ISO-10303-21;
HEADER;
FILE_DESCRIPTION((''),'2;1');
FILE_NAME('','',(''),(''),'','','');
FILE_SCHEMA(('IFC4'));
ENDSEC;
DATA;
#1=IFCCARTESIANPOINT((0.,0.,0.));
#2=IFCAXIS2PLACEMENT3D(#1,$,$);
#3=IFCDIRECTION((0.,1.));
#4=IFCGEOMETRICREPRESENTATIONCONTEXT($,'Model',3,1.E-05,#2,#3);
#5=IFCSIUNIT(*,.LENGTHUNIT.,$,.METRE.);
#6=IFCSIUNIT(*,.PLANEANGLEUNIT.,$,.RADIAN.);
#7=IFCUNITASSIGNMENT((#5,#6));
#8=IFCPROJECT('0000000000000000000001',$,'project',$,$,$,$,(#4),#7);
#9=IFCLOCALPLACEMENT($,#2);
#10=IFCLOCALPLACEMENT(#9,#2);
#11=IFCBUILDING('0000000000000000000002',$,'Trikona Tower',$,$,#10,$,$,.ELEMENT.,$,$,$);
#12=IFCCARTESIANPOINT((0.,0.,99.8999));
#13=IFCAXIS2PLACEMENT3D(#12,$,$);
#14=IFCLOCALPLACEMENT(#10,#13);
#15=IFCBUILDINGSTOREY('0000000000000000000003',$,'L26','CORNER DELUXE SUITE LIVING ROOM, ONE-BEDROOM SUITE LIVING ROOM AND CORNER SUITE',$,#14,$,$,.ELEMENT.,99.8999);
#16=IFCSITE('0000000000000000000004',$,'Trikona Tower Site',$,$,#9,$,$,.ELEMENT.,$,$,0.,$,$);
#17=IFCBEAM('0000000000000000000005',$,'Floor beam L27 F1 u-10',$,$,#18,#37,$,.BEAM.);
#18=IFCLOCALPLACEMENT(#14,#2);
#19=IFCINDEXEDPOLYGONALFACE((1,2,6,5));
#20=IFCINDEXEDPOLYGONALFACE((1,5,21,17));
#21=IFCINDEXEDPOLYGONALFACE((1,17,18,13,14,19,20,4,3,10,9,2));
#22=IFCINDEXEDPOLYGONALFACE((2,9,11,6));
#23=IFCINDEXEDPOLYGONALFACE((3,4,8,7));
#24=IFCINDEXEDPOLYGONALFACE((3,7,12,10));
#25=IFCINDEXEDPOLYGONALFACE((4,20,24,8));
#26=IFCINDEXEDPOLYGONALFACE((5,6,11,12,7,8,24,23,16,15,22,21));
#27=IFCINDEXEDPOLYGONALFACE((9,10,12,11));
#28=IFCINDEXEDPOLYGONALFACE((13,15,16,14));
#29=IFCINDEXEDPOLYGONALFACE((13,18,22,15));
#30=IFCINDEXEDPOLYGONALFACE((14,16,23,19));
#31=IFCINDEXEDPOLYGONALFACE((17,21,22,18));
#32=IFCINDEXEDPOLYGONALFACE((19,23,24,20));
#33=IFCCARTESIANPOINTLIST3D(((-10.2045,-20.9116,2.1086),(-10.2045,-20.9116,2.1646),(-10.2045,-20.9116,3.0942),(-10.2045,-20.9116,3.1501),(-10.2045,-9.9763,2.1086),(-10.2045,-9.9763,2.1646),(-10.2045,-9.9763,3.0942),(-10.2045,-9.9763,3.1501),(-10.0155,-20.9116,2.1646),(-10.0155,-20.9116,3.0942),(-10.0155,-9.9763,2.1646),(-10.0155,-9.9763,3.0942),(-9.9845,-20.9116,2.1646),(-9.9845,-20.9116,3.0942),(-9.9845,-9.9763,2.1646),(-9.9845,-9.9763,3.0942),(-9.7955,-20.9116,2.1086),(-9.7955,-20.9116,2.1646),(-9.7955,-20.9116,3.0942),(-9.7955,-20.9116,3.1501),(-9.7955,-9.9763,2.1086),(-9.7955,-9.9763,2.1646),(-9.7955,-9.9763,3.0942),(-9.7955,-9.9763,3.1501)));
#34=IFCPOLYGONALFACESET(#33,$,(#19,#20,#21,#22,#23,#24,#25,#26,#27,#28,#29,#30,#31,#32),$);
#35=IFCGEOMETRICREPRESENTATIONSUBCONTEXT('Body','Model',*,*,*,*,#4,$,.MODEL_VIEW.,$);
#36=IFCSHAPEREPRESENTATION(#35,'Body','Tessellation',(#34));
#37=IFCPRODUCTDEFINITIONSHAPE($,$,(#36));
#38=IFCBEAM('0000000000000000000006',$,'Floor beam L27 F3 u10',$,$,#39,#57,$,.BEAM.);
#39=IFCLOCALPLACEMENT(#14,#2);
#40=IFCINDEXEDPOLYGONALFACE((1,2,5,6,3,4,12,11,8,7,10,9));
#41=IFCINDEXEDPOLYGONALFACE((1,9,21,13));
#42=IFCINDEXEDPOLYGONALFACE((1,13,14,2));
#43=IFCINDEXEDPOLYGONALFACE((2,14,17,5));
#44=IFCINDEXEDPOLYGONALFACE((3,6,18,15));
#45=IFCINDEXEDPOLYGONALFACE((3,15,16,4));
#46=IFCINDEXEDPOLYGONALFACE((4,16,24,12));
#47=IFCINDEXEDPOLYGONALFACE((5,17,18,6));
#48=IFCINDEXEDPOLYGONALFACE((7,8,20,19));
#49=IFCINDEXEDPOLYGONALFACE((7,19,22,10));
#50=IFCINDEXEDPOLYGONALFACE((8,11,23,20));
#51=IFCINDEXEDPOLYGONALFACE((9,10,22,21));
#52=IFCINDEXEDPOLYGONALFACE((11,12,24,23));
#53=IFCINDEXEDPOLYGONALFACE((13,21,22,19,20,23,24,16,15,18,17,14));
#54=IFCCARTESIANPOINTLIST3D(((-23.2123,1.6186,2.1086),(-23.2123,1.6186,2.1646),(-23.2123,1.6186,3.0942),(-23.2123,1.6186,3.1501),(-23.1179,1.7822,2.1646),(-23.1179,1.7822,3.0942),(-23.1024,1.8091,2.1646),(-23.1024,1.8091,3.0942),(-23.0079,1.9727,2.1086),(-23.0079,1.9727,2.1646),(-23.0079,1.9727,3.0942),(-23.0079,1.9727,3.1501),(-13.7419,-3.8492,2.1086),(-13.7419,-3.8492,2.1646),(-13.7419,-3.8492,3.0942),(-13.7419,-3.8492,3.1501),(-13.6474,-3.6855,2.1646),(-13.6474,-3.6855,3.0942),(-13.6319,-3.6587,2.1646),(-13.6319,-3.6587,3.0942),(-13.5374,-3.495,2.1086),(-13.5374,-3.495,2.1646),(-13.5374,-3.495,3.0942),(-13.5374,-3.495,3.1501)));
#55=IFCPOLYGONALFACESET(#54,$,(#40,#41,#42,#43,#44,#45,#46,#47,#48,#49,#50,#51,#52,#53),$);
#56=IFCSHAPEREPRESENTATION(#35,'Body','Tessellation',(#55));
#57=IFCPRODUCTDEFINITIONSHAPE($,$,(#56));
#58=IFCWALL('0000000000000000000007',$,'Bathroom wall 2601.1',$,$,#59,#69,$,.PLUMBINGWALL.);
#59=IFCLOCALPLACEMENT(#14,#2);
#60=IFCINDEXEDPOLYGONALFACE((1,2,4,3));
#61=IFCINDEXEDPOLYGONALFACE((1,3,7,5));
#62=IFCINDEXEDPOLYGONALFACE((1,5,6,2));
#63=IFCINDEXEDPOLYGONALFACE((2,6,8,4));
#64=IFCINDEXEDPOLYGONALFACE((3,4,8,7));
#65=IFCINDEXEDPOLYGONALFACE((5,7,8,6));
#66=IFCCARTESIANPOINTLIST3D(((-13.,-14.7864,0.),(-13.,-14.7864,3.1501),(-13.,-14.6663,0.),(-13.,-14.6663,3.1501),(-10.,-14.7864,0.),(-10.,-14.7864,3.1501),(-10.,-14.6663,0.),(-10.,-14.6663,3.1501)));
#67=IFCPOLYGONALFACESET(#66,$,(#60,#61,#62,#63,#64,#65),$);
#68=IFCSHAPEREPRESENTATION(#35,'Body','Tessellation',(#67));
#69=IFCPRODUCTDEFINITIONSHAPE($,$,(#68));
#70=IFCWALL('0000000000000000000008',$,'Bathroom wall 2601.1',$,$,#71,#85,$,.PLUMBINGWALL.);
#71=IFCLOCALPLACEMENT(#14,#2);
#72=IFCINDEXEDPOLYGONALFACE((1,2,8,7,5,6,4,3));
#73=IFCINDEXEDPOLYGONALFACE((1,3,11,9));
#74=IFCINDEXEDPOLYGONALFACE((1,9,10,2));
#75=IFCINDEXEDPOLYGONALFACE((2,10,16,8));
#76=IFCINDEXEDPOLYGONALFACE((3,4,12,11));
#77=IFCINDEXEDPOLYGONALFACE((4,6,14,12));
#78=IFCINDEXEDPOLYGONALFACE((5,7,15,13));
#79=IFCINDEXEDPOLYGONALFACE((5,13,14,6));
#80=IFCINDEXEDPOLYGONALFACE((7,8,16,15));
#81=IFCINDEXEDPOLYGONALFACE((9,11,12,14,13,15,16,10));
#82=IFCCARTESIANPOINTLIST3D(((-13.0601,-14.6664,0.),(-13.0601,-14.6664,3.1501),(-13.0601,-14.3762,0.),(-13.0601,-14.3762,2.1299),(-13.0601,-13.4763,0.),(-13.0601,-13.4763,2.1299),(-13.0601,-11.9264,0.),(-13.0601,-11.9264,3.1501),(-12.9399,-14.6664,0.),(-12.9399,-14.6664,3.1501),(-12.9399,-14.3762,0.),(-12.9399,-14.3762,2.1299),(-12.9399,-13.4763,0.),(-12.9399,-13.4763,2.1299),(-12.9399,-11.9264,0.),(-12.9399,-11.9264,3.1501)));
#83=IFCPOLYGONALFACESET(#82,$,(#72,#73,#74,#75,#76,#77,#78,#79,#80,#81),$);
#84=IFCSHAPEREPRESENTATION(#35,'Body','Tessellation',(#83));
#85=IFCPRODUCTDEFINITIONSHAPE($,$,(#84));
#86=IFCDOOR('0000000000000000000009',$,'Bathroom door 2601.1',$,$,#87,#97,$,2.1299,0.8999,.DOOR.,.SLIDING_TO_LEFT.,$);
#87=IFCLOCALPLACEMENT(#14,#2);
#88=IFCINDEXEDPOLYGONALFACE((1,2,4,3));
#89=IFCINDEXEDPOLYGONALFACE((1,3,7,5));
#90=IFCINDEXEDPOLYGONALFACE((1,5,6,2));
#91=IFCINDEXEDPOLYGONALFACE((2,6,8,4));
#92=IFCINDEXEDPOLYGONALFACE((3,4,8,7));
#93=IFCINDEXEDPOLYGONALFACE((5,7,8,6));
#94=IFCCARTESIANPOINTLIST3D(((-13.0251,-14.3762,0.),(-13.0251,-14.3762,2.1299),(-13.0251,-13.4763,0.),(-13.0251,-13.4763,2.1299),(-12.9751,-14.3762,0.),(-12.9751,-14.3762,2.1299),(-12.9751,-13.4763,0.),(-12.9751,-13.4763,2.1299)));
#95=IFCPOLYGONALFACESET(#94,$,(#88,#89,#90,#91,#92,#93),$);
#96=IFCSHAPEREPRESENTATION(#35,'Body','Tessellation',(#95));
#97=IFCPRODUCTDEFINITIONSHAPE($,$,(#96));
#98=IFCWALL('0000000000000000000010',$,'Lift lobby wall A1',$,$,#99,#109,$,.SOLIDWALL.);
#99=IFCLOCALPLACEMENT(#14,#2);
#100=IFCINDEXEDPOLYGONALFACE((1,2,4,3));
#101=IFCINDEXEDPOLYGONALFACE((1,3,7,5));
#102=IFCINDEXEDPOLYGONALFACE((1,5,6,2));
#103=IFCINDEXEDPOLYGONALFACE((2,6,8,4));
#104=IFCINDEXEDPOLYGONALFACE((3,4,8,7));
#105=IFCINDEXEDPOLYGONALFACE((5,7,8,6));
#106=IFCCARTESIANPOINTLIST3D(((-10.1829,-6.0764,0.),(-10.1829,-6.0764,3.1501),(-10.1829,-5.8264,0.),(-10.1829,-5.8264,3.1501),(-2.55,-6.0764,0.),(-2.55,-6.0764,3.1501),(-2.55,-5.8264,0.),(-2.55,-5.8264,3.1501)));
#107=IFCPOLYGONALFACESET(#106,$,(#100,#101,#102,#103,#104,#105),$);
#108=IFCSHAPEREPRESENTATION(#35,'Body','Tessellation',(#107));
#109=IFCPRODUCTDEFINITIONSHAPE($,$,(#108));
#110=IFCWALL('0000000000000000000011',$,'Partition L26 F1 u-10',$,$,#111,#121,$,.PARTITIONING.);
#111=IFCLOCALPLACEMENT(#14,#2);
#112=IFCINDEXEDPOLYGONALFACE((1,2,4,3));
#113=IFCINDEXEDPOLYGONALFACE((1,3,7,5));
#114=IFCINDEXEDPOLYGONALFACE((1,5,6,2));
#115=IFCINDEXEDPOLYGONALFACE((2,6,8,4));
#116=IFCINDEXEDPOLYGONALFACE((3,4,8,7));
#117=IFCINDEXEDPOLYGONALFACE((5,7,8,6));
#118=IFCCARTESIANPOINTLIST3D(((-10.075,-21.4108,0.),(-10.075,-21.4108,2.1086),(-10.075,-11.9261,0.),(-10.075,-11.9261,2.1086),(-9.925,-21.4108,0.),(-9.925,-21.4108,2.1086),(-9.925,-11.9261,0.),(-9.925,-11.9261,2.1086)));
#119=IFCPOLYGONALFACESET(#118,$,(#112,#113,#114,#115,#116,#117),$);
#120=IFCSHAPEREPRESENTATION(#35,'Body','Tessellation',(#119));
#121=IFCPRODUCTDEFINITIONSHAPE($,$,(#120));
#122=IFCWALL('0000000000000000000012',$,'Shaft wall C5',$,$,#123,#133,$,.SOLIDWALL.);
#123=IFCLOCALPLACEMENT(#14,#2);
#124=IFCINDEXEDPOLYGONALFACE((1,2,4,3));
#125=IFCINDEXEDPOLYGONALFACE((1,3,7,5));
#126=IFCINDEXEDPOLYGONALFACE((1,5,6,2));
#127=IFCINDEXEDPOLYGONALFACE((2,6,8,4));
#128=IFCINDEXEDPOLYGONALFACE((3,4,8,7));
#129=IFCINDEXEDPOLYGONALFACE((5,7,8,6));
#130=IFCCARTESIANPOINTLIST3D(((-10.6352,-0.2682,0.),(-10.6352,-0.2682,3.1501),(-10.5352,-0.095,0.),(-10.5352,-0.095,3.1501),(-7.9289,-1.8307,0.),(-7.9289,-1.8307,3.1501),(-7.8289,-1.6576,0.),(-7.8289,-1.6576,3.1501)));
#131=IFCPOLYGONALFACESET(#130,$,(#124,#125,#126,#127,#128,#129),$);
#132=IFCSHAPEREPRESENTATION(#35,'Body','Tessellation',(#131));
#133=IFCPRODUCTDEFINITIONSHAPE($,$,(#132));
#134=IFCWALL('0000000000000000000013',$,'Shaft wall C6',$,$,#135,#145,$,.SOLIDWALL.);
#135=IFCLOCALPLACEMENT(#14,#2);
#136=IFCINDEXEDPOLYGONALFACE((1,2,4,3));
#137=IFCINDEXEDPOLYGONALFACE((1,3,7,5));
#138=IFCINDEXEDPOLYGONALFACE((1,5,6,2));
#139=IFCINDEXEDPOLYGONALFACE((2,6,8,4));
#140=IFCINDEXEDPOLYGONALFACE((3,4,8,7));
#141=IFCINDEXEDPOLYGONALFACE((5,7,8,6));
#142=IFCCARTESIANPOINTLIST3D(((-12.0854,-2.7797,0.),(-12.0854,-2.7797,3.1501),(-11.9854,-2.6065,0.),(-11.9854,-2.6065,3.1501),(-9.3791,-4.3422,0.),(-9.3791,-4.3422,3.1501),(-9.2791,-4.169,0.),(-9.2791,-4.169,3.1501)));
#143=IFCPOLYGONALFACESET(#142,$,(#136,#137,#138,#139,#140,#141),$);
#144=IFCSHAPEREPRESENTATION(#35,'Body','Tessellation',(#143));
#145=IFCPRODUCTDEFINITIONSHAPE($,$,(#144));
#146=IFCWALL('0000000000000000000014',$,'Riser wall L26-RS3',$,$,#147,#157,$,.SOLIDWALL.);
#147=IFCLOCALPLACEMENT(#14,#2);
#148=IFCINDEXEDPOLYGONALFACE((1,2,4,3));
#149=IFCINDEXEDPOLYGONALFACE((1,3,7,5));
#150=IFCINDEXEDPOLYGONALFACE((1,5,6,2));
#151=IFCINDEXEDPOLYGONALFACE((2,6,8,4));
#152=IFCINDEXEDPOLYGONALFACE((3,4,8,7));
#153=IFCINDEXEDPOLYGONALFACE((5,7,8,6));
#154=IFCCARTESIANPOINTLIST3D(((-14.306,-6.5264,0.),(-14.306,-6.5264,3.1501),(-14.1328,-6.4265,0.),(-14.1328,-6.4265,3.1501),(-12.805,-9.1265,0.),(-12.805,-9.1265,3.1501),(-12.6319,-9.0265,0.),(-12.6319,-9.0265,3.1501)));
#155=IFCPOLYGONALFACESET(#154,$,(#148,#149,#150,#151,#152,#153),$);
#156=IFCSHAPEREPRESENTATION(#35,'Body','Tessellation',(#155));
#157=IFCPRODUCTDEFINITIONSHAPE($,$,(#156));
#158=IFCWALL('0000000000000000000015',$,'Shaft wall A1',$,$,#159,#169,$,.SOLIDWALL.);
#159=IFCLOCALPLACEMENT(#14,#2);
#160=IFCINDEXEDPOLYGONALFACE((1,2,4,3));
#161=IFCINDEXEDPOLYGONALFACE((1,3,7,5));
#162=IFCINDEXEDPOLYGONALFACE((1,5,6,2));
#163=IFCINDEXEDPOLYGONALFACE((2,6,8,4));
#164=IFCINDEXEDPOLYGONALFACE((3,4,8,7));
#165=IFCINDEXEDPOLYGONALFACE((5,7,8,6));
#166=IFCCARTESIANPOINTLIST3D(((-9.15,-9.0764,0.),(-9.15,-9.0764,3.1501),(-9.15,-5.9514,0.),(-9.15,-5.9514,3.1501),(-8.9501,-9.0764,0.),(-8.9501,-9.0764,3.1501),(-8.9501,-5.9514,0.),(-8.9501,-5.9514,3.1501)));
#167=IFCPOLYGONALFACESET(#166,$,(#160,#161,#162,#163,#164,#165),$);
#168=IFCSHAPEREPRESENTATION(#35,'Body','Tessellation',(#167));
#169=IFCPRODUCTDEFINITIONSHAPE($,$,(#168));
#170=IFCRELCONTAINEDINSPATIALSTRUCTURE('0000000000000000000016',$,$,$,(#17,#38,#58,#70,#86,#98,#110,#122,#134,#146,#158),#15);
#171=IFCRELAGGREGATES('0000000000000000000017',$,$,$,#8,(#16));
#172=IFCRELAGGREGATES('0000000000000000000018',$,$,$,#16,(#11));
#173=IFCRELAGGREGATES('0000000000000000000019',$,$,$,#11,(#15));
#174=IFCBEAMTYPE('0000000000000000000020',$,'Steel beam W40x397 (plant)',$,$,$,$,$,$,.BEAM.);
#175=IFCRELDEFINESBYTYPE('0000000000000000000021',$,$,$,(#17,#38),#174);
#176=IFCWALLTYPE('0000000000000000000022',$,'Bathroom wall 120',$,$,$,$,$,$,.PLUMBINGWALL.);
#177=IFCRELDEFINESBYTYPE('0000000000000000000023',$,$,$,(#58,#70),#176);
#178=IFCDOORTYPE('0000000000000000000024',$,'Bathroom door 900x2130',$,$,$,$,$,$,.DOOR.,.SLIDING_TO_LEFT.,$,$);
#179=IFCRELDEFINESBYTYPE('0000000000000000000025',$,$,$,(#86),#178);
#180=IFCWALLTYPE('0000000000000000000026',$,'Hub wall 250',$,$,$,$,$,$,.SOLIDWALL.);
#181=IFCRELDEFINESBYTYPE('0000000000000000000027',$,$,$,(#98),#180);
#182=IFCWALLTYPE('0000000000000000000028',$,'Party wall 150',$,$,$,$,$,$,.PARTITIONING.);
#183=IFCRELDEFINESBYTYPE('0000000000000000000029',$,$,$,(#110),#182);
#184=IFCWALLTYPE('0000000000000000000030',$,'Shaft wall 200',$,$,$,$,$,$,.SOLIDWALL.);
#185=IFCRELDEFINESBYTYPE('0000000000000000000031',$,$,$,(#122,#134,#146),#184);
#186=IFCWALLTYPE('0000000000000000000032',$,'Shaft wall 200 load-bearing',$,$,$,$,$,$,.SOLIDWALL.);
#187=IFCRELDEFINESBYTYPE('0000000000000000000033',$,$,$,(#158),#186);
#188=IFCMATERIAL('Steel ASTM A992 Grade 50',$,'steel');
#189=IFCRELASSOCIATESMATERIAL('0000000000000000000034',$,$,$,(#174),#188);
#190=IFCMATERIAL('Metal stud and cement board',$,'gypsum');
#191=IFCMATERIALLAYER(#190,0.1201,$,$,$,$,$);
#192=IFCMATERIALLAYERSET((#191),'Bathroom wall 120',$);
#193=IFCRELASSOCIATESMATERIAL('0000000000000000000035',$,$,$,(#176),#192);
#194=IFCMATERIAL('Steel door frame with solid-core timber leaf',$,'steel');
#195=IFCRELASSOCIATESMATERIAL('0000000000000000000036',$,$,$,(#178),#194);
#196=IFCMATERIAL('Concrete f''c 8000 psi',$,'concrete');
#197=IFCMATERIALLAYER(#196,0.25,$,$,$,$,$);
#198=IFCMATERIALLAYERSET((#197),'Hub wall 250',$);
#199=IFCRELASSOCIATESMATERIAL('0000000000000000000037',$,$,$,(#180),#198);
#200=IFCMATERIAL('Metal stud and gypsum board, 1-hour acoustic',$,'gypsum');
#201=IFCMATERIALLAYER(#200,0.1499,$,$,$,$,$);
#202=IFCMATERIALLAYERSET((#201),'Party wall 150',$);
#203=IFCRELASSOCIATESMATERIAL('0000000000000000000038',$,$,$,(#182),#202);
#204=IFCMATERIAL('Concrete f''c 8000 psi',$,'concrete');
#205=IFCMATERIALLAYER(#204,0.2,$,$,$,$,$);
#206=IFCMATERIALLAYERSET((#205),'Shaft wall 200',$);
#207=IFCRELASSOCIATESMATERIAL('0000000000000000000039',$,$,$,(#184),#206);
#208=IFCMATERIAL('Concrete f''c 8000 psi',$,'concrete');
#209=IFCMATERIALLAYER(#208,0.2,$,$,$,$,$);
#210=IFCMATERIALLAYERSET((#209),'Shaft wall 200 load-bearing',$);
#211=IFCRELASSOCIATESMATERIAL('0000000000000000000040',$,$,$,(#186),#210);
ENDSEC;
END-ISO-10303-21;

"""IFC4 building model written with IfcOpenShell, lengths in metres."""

from ifc_helpers import new_model, si_unit, direction, frame, frame_2d, origin, origin_2d, place, context, subcontext, project, spatial, rectangle, i_section, extrude, material, layer, layer_set, material_profile, profile_set, type_object, element, fill, save


model = new_model("IFC4")

# Units and contexts
model_context = context("Model", 3, precision=1e-05, world=origin(), true_north=direction((0.0, 1.0)))
body_context = subcontext(model_context, "Body", "Model", "MODEL_VIEW")
ifc_project = project(units=[si_unit("LENGTHUNIT", "METRE"), si_unit("PLANEANGLEUNIT", "RADIAN")], contexts=[model_context])

# Site, building, storey
site_placement = place(None, origin())
site = spatial("IfcSite", under=ifc_project, at=site_placement, Name="Trikona Tower Site", CompositionType="ELEMENT", RefElevation=0.0)
building_placement = place(site_placement, origin())
building = spatial("IfcBuilding", under=site, at=building_placement, Name="Trikona Tower", CompositionType="ELEMENT")
storey_placement = place(building_placement, frame((0.0, 0.0, 99.8999)))
storey = spatial("IfcBuildingStorey", under=building, at=storey_placement, Name="L26", Description="CORNER DELUXE SUITE LIVING ROOM, ONE-BEDROOM SUITE LIVING ROOM AND CORNER SUITE", CompositionType="ELEMENT", Elevation=99.8999)

# Beams
ifc_material_1 = material(Name="Steel ASTM A992 Grade 50", Category="steel")
ifc_material_profile = material_profile(ifc_material_1, i_section(OverallWidth=0.4089, OverallDepth=1.0415, WebThickness=0.031, FlangeThickness=0.0559, at=origin_2d()), Name="W40X397")
ifc_profile_set = profile_set([ifc_material_profile], Name="Steel ASTM A992 Grade 50")
beam_type = type_object("IfcBeamType", Name="Steel beam W40x397 (plant)", PredefinedType="BEAM", material=ifc_profile_set)
beam_1_placement = place(storey_placement, frame((-10.0, -9.9763, 2.6294), z_axis=(0.0, -1.0, 0.0), x_axis=(1.0, 0.0, 0.0)))
element("IfcBeam", 1, at=beam_1_placement, inside=storey, type_object=beam_type, Name="Floor beam L27 F1 u-10", PredefinedType="BEAM", context=body_context, shape_type="SweptSolid", body=[
    extrude(i_section(OverallWidth=0.4089, OverallDepth=1.0415, WebThickness=0.031, FlangeThickness=0.0559, at=origin_2d()), origin(), (0.0, 0.0, 1.0), 10.9353),
])
beam_2_placement = place(storey_placement, frame((-13.6396, -3.6721, 2.6294), z_axis=(-0.866025, 0.5, 0.0), x_axis=(-0.5, -0.866025, 0.0)))
element("IfcBeam", 2, at=beam_2_placement, inside=storey, type_object=beam_type, Name="Floor beam L27 F3 u10", PredefinedType="BEAM", context=body_context, shape_type="SweptSolid", body=[
    extrude(i_section(OverallWidth=0.4089, OverallDepth=1.0415, WebThickness=0.031, FlangeThickness=0.0559, at=origin_2d()), origin(), (0.0, 0.0, 1.0), 10.9355),
])

# Wall
ifc_material_2 = material(Name="Metal stud and cement board", Category="gypsum")
ifc_layer_1 = layer(ifc_material_2, 0.1201)
ifc_layer_set_1 = layer_set([ifc_layer_1], Name="Bathroom wall 120")
wall_type_1 = type_object("IfcWallType", Name="Bathroom wall 120", PredefinedType="PLUMBINGWALL", material=ifc_layer_set_1)
wall_1_placement = place(storey_placement, frame((-13.0, -14.7263, 0.0), z_axis=(0.0, 0.0, 1.0), x_axis=(1.0, 0.0, 0.0)))
element("IfcWall", 3, at=wall_1_placement, inside=storey, type_object=wall_type_1, Name="Bathroom wall 2601.1", PredefinedType="PLUMBINGWALL", context=body_context, shape_type="SweptSolid", body=[
    extrude(rectangle(XDim=3.0, YDim=0.1201, at=frame_2d((1.5, 0.0))), origin(), (0.0, 0.0, 1.0), 3.1501),
])

# Wall, opening, door
wall_2_placement = place(storey_placement, frame((-13.0, -11.9263, 0.0), z_axis=(0.0, 0.0, 1.0), x_axis=(0.0, -1.0, 0.0)))
wall_2 = element("IfcWall", 4, at=wall_2_placement, inside=storey, type_object=wall_type_1, Name="Bathroom wall 2601.1", PredefinedType="PLUMBINGWALL", context=body_context, shape_type="SweptSolid", body=[
    extrude(rectangle(XDim=2.74, YDim=0.1201, at=frame_2d((1.3701, 0.0))), origin(), (0.0, 0.0, 1.0), 3.1501),
])
opening_1_placement = place(wall_2_placement, frame((1.55, 0.0, 0.0)))
opening_1 = element("IfcOpeningElement", 5, at=opening_1_placement, cuts=wall_2, PredefinedType="OPENING", context=body_context, shape_type="SweptSolid", body=[
    extrude(rectangle(XDim=0.8999, YDim=2.1299, at=frame_2d((0.45, 1.0649))), frame((0.0, 0.0701, 0.0), z_axis=(0.0, -1.0, 0.0), x_axis=(1.0, 0.0, 0.0)), (0.0, 0.0, 1.0), 0.1401),
])
ifc_material_3 = material(Name="Steel door frame with solid-core timber leaf", Category="steel")
door_type_1 = type_object("IfcDoorType", Name="Bathroom door 900x2130", OperationType="SLIDING_TO_LEFT", PredefinedType="DOOR", material=ifc_material_3)
door_1_placement = place(opening_1_placement, origin())
door_1 = element("IfcDoor", 6, at=door_1_placement, inside=storey, type_object=door_type_1, Name="Bathroom door 2601.1", OperationType="SLIDING_TO_LEFT", OverallHeight=2.1299, OverallWidth=0.8999, PredefinedType="DOOR", context=body_context, shape_type="SweptSolid", body=[
    extrude(rectangle(XDim=0.8999, YDim=2.1299, at=frame_2d((0.45, 1.0649))), frame((0.0, 0.0249, 0.0), z_axis=(0.0, -1.0, 0.0), x_axis=(1.0, 0.0, 0.0)), (0.0, 0.0, 1.0), 0.05),
])
fill(opening_1, door_1)

# Walls
ifc_material_4 = material(Name="Concrete f'c 8000 psi", Category="concrete")
ifc_layer_2 = layer(ifc_material_4, 0.25)
ifc_layer_set_2 = layer_set([ifc_layer_2], Name="Hub wall 250")
wall_type_2 = type_object("IfcWallType", Name="Hub wall 250", PredefinedType="SOLIDWALL", material=ifc_layer_set_2)
wall_3_placement = place(storey_placement, frame((-10.1829, -5.9514, 0.0), z_axis=(0.0, 0.0, 1.0), x_axis=(1.0, 0.0, 0.0)))
element("IfcWall", 7, at=wall_3_placement, inside=storey, type_object=wall_type_2, Name="Lift lobby wall A1", PredefinedType="SOLIDWALL", context=body_context, shape_type="SweptSolid", body=[
    extrude(rectangle(XDim=7.6328, YDim=0.25, at=frame_2d((3.8164, 0.0))), origin(), (0.0, 0.0, 1.0), 3.1501),
])
ifc_material_5 = material(Name="Metal stud and gypsum board, 1-hour acoustic", Category="gypsum")
ifc_layer_3 = layer(ifc_material_5, 0.1499)
ifc_layer_set_3 = layer_set([ifc_layer_3], Name="Party wall 150")
wall_type_3 = type_object("IfcWallType", Name="Party wall 150", PredefinedType="PARTITIONING", material=ifc_layer_set_3)
wall_4_placement = place(storey_placement, frame((-10.0, -11.9263, 0.0), z_axis=(0.0, 0.0, 1.0), x_axis=(0.0, -1.0, 0.0)))
element("IfcWall", 8, at=wall_4_placement, inside=storey, type_object=wall_type_3, Name="Partition L26 F1 u-10", PredefinedType="PARTITIONING", context=body_context, shape_type="SweptSolid", body=[
    extrude(rectangle(XDim=9.4846, YDim=0.1499, at=frame_2d((4.7422, 0.0))), origin(), (0.0, 0.0, 1.0), 2.1086),
])
ifc_material_6 = material(Name="Concrete f'c 8000 psi", Category="concrete")
ifc_layer_4 = layer(ifc_material_6, 0.2)
ifc_layer_set_4 = layer_set([ifc_layer_4], Name="Shaft wall 200")
wall_type_4 = type_object("IfcWallType", Name="Shaft wall 200", PredefinedType="SOLIDWALL", material=ifc_layer_set_4)
for number, where, z_axis, x_axis, name in (
    (9, (-7.8789, -1.7441, 0.0), (0.0, 0.0, 1.0), (-0.866023, 0.500004, 0.0), "Shaft wall C5"),
    (10, (-9.3291, -4.2556, 0.0), (0.0, 0.0, 1.0), (-0.866023, 0.500004, 0.0), "Shaft wall C6"),
):
    element("IfcWall", number, at=place(storey_placement, frame(where, z_axis=z_axis, x_axis=x_axis)), inside=storey, type_object=wall_type_4, Name=name, PredefinedType="SOLIDWALL", context=body_context, shape_type="SweptSolid", body=[
        extrude(rectangle(XDim=3.125, YDim=0.2, at=frame_2d((1.5625, 0.0))), origin(), (0.0, 0.0, 1.0), 3.1501),
    ])
wall_5_placement = place(storey_placement, frame((-12.7185, -9.0764, 0.0), z_axis=(0.0, 0.0, 1.0), x_axis=(-0.499952, 0.866053, 0.0)))
element("IfcWall", 11, at=wall_5_placement, inside=storey, type_object=wall_type_4, Name="Riser wall L26-RS3", PredefinedType="SOLIDWALL", context=body_context, shape_type="SweptSolid", body=[
    extrude(rectangle(XDim=3.0022, YDim=0.2, at=frame_2d((1.501, 0.0))), origin(), (0.0, 0.0, 1.0), 3.1501),
])
ifc_material_7 = material(Name="Concrete f'c 8000 psi", Category="concrete")
ifc_layer_5 = layer(ifc_material_7, 0.2)
ifc_layer_set_5 = layer_set([ifc_layer_5], Name="Shaft wall 200 load-bearing")
wall_type_5 = type_object("IfcWallType", Name="Shaft wall 200 load-bearing", PredefinedType="SOLIDWALL", material=ifc_layer_set_5)
wall_6_placement = place(storey_placement, frame((-9.05, -5.9514, 0.0), z_axis=(0.0, 0.0, 1.0), x_axis=(0.0, -1.0, 0.0)))
element("IfcWall", 12, at=wall_6_placement, inside=storey, type_object=wall_type_5, Name="Shaft wall A1", PredefinedType="SOLIDWALL", context=body_context, shape_type="SweptSolid", body=[
    extrude(rectangle(XDim=3.125, YDim=0.2, at=frame_2d((1.5625, 0.0))), origin(), (0.0, 0.0, 1.0), 3.1501),
])

save(model, "model.ifc")
